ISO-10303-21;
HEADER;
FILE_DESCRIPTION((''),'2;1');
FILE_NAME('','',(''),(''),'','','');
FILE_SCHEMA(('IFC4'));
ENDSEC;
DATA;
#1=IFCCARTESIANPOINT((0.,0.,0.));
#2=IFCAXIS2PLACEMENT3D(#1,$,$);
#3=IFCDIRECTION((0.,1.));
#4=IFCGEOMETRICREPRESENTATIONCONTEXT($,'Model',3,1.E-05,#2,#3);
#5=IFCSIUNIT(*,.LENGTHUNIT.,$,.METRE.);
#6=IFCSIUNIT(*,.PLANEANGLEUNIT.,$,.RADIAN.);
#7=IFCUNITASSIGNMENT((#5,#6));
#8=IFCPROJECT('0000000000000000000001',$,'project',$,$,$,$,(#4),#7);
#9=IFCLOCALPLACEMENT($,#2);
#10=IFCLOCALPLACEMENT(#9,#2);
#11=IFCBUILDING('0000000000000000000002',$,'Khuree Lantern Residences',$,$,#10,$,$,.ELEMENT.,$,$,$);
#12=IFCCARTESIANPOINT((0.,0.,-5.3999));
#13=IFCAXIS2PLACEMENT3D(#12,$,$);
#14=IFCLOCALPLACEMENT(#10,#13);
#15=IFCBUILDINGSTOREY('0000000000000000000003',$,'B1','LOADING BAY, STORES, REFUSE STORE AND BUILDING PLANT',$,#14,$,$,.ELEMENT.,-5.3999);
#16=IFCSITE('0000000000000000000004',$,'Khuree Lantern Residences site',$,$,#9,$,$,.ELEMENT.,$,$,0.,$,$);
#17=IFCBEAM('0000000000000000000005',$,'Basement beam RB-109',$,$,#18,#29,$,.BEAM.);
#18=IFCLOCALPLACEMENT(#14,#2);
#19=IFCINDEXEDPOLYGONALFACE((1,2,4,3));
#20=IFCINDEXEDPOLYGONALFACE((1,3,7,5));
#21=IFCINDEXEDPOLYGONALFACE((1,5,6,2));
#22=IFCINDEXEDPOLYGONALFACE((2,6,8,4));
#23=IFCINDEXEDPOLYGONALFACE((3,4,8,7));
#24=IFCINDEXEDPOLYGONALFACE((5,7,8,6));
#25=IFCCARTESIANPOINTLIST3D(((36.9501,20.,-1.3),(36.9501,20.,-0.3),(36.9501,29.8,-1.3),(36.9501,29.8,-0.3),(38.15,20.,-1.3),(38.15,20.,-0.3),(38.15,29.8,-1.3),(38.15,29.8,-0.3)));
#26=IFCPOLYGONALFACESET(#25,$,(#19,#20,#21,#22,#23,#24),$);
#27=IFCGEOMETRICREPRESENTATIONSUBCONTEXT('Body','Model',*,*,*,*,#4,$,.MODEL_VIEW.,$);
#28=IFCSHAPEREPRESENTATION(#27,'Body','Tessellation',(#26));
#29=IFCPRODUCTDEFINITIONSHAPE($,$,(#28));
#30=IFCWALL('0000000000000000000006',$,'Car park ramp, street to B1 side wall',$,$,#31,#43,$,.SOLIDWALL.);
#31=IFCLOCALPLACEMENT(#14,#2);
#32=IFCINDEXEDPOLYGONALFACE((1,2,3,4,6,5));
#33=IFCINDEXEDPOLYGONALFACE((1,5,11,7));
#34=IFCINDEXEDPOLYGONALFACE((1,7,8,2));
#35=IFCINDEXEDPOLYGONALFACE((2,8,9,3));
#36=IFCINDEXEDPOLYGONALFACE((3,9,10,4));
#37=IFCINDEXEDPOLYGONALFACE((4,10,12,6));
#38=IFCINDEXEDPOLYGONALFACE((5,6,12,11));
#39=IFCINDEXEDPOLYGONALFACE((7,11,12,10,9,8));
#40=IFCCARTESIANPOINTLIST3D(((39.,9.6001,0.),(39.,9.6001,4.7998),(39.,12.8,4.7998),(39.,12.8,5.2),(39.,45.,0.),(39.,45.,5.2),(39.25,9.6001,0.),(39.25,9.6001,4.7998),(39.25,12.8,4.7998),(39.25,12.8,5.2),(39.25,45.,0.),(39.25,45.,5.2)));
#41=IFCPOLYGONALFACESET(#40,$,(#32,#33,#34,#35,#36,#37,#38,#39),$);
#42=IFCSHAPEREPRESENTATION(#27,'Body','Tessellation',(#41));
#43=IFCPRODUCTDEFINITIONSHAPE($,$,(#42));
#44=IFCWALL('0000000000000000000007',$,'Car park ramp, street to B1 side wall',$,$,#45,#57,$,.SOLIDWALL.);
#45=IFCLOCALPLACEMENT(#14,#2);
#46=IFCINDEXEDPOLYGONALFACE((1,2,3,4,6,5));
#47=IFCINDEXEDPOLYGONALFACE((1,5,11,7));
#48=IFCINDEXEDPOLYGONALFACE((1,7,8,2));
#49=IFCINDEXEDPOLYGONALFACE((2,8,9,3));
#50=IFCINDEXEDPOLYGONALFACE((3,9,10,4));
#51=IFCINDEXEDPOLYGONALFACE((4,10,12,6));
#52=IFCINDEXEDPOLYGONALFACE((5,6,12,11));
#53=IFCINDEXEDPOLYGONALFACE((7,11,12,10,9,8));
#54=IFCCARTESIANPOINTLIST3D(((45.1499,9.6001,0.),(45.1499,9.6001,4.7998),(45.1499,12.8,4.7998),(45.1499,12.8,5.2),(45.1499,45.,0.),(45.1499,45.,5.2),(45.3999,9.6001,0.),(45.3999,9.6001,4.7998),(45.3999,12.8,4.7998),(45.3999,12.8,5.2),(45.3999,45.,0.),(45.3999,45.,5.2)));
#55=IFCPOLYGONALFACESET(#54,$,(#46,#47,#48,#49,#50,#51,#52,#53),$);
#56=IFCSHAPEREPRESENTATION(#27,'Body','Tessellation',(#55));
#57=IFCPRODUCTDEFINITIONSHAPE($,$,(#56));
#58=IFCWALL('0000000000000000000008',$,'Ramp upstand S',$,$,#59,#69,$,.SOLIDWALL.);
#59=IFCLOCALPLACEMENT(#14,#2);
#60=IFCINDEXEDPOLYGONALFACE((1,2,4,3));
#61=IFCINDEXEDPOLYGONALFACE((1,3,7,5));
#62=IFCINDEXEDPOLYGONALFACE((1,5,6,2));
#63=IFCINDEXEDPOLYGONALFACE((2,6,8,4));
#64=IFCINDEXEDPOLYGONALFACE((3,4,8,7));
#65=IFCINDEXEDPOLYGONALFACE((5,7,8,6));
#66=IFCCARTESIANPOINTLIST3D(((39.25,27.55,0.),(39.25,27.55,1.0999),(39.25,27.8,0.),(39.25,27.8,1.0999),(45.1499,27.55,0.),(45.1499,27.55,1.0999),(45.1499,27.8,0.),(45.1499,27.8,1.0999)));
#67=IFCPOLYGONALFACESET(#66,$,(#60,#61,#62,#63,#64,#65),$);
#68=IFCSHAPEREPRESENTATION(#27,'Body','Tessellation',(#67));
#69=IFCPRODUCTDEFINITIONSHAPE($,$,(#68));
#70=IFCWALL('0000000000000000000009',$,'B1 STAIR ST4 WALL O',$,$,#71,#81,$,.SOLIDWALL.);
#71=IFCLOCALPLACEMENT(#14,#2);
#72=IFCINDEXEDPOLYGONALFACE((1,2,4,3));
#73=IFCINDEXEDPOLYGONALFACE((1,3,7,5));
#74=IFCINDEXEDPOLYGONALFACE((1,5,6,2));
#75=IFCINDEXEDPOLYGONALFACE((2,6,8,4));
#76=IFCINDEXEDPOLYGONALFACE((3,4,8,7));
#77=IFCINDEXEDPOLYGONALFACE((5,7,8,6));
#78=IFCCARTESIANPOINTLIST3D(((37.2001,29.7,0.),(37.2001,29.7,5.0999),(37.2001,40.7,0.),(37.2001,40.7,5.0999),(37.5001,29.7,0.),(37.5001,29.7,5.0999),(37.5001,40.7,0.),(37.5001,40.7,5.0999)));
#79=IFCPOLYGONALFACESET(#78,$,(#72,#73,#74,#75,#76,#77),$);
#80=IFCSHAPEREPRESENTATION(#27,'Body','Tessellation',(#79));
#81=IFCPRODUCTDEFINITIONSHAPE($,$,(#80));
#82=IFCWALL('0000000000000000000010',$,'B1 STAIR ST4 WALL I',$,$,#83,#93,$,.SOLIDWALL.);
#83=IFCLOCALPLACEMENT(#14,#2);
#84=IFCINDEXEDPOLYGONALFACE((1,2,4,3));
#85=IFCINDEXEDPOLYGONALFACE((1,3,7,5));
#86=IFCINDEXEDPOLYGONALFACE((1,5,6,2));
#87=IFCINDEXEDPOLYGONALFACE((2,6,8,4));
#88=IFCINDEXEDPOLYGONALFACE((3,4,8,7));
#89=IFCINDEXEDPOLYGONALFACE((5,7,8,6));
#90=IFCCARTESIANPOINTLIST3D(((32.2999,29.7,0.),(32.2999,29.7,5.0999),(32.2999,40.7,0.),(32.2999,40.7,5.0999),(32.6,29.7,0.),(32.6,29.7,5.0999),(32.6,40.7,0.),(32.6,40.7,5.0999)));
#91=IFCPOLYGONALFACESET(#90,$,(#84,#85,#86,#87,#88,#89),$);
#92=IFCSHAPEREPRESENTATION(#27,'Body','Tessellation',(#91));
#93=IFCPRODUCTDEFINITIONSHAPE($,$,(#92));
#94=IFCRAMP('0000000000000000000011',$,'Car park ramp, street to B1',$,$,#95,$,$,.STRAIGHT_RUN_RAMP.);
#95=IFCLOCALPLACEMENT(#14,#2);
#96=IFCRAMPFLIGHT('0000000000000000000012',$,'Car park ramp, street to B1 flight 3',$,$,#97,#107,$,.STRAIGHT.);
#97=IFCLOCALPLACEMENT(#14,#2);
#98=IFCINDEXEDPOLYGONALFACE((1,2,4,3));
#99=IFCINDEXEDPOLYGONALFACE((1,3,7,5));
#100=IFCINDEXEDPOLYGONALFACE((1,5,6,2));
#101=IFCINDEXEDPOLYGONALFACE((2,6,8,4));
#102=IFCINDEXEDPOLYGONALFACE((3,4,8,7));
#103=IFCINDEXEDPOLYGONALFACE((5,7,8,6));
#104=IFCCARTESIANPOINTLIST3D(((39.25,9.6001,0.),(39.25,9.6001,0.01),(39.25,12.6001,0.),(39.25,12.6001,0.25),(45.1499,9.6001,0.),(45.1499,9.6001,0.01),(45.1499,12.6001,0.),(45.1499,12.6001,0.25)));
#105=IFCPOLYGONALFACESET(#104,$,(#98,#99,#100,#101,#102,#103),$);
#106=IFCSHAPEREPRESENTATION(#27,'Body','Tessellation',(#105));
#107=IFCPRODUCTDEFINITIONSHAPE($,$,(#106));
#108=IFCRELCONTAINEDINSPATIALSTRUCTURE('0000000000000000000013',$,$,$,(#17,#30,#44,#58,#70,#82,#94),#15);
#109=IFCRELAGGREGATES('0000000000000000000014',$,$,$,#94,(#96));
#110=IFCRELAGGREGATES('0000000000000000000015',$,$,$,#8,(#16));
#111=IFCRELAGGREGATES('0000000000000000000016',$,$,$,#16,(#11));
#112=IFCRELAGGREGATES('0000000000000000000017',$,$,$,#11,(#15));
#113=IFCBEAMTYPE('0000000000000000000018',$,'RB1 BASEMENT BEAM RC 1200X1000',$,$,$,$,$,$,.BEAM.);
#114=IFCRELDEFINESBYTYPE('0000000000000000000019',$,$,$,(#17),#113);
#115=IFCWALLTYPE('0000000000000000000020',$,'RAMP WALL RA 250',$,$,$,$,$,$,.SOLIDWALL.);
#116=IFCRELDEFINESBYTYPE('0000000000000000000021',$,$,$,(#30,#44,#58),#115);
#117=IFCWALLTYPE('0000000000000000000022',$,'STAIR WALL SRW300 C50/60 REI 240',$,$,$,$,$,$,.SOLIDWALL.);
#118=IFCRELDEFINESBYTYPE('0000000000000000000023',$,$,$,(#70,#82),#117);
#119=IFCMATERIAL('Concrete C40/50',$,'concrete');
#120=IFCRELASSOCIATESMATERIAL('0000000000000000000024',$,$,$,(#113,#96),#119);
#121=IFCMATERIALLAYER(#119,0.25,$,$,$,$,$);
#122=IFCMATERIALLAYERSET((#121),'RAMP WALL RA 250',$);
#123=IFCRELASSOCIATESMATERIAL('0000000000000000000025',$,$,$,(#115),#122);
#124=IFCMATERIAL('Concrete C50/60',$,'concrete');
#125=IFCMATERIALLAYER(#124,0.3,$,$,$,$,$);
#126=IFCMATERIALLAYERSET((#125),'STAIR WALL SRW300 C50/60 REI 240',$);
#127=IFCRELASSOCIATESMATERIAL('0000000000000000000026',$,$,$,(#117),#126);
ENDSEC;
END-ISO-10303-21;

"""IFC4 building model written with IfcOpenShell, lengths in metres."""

from ifc_helpers import new_model, si_unit, direction, frame, frame_2d, origin, origin_2d, place, context, subcontext, project, spatial, polyline, rectangle, outline, extrude, material, layer, layer_set, material_profile, profile_set, type_object, element, aggregate, save


model = new_model("IFC4")

# Units and contexts
model_context = context("Model", 3, precision=1e-05, world=origin(), true_north=direction((0.0, 1.0)))
body_context = subcontext(model_context, "Body", "Model", "MODEL_VIEW")
ifc_project = project(units=[si_unit("LENGTHUNIT", "METRE"), si_unit("PLANEANGLEUNIT", "RADIAN")], contexts=[model_context])

# Site, building, storey
site_placement = place(None, origin())
site = spatial("IfcSite", under=ifc_project, at=site_placement, Name="Khuree Lantern Residences site", CompositionType="ELEMENT", RefElevation=0.0)
building_placement = place(site_placement, origin())
building = spatial("IfcBuilding", under=site, at=building_placement, Name="Khuree Lantern Residences", CompositionType="ELEMENT")
storey_placement = place(building_placement, frame((0.0, 0.0, -5.3999)))
storey = spatial("IfcBuildingStorey", under=building, at=storey_placement, Name="B1", Description="LOADING BAY, STORES, REFUSE STORE AND BUILDING PLANT", CompositionType="ELEMENT", Elevation=-5.3999)

# Beam
ifc_material_1 = material(Name="Concrete C40/50", Category="concrete")
ifc_material_profile_1 = material_profile(ifc_material_1, rectangle(XDim=1.2, YDim=1.0, at=origin_2d()), Name="RC 1200X1000")
ifc_profile_set_1 = profile_set([ifc_material_profile_1], Name="Concrete C40/50")
beam_type_1 = type_object("IfcBeamType", Name="RB1 BASEMENT BEAM RC 1200X1000", PredefinedType="BEAM", material=ifc_profile_set_1)
beam_1_placement = place(storey_placement, frame((37.55, 20.0, -0.8), z_axis=(0.0, 1.0, 0.0), x_axis=(-1.0, 0.0, 0.0)))
element("IfcBeam", 1, at=beam_1_placement, inside=storey, type_object=beam_type_1, Name="Basement beam RB-109", PredefinedType="BEAM", context=body_context, shape_type="SweptSolid", body=[
    extrude(rectangle(XDim=1.2, YDim=1.0, at=origin_2d()), origin(), (0.0, 0.0, 1.0), 9.8),
])

# Walls
ifc_layer_1 = layer(ifc_material_1, 0.25)
ifc_layer_set_1 = layer_set([ifc_layer_1], Name="RAMP WALL RA 250")
wall_type_1 = type_object("IfcWallType", Name="RAMP WALL RA 250", PredefinedType="SOLIDWALL", material=ifc_layer_set_1)
for number, where, z_axis, x_axis, name in (
    (2, (39.125, 9.6001, 0.0), (0.0, 0.0, 1.0), (0.0, 1.0, 0.0), "Car park ramp, street to B1 side wall"),
    (3, (45.2749, 9.6001, 0.0), (0.0, 0.0, 1.0), (0.0, 1.0, 0.0), "Car park ramp, street to B1 side wall"),
):
    element("IfcWall", number, at=place(storey_placement, frame(where, z_axis=z_axis, x_axis=x_axis)), inside=storey, type_object=wall_type_1, Name=name, PredefinedType="SOLIDWALL", context=body_context, shape_type="SweptSolid", body=[
        extrude(outline(polyline([(0.0, 0.0), (35.3999, 0.0), (35.3999, 5.2), (3.2, 5.2), (3.2, 4.7998), (0.0, 4.7998), (0.0, 0.0)])), frame((0.0, 0.125, 0.0), z_axis=(0.0, -1.0, 0.0), x_axis=(1.0, 0.0, 0.0)), (0.0, 0.0, 1.0), 0.25),
    ])
wall_placement = place(storey_placement, frame((39.25, 27.675, 0.0), z_axis=(0.0, 0.0, 1.0), x_axis=(1.0, 0.0, 0.0)))
element("IfcWall", 4, at=wall_placement, inside=storey, type_object=wall_type_1, Name="Ramp upstand S", PredefinedType="SOLIDWALL", context=body_context, shape_type="SweptSolid", body=[
    extrude(rectangle(XDim=5.8999, YDim=0.25, at=frame_2d((2.95, 0.0))), origin(), (0.0, 0.0, 1.0), 1.0999),
])
ifc_material_2 = material(Name="Concrete C50/60", Category="concrete")
ifc_layer_2 = layer(ifc_material_2, 0.3)
ifc_layer_set_2 = layer_set([ifc_layer_2], Name="STAIR WALL SRW300 C50/60 REI 240")
wall_type_2 = type_object("IfcWallType", Name="STAIR WALL SRW300 C50/60 REI 240", PredefinedType="SOLIDWALL", material=ifc_layer_set_2)
for number, where, z_axis, x_axis, name in (
    (5, (37.3501, 29.7, 0.0), (0.0, 0.0, 1.0), (0.0, 1.0, 0.0), "B1 STAIR ST4 WALL O"),
    (6, (32.45, 29.7, 0.0), (0.0, 0.0, 1.0), (0.0, 1.0, 0.0), "B1 STAIR ST4 WALL I"),
):
    element("IfcWall", number, at=place(storey_placement, frame(where, z_axis=z_axis, x_axis=x_axis)), inside=storey, type_object=wall_type_2, Name=name, PredefinedType="SOLIDWALL", context=body_context, shape_type="SweptSolid", body=[
        extrude(rectangle(XDim=11.0, YDim=0.3, at=frame_2d((5.5, 0.0))), origin(), (0.0, 0.0, 1.0), 5.0999),
    ])

# Ramp, ramp flight
ramp_placement = place(storey_placement, origin())
ramp = element("IfcRamp", 7, at=ramp_placement, inside=storey, Name="Car park ramp, street to B1", PredefinedType="STRAIGHT_RUN_RAMP")
ramp_flight_placement = place(storey_placement, frame((42.2, 12.6001, 0.0), z_axis=(0.0, 0.0, 1.0), x_axis=(0.0, -1.0, 0.0)))
ramp_flight = element("IfcRampFlight", 8, at=ramp_flight_placement, material=ifc_material_1, Name="Car park ramp, street to B1 flight 3", PredefinedType="STRAIGHT", context=body_context, shape_type="SweptSolid", body=[
    extrude(outline(polyline([(0.0, 0.0), (3.0, 0.0), (3.0, 0.01), (0.0, 0.25), (0.0, 0.0)])), frame((0.0, 2.95, 0.0), z_axis=(0.0, -1.0, 0.0), x_axis=(1.0, 0.0, 0.0)), (0.0, 0.0, 1.0), 5.8999),
])
aggregate(ramp, [ramp_flight])

save(model, "model.ifc")
